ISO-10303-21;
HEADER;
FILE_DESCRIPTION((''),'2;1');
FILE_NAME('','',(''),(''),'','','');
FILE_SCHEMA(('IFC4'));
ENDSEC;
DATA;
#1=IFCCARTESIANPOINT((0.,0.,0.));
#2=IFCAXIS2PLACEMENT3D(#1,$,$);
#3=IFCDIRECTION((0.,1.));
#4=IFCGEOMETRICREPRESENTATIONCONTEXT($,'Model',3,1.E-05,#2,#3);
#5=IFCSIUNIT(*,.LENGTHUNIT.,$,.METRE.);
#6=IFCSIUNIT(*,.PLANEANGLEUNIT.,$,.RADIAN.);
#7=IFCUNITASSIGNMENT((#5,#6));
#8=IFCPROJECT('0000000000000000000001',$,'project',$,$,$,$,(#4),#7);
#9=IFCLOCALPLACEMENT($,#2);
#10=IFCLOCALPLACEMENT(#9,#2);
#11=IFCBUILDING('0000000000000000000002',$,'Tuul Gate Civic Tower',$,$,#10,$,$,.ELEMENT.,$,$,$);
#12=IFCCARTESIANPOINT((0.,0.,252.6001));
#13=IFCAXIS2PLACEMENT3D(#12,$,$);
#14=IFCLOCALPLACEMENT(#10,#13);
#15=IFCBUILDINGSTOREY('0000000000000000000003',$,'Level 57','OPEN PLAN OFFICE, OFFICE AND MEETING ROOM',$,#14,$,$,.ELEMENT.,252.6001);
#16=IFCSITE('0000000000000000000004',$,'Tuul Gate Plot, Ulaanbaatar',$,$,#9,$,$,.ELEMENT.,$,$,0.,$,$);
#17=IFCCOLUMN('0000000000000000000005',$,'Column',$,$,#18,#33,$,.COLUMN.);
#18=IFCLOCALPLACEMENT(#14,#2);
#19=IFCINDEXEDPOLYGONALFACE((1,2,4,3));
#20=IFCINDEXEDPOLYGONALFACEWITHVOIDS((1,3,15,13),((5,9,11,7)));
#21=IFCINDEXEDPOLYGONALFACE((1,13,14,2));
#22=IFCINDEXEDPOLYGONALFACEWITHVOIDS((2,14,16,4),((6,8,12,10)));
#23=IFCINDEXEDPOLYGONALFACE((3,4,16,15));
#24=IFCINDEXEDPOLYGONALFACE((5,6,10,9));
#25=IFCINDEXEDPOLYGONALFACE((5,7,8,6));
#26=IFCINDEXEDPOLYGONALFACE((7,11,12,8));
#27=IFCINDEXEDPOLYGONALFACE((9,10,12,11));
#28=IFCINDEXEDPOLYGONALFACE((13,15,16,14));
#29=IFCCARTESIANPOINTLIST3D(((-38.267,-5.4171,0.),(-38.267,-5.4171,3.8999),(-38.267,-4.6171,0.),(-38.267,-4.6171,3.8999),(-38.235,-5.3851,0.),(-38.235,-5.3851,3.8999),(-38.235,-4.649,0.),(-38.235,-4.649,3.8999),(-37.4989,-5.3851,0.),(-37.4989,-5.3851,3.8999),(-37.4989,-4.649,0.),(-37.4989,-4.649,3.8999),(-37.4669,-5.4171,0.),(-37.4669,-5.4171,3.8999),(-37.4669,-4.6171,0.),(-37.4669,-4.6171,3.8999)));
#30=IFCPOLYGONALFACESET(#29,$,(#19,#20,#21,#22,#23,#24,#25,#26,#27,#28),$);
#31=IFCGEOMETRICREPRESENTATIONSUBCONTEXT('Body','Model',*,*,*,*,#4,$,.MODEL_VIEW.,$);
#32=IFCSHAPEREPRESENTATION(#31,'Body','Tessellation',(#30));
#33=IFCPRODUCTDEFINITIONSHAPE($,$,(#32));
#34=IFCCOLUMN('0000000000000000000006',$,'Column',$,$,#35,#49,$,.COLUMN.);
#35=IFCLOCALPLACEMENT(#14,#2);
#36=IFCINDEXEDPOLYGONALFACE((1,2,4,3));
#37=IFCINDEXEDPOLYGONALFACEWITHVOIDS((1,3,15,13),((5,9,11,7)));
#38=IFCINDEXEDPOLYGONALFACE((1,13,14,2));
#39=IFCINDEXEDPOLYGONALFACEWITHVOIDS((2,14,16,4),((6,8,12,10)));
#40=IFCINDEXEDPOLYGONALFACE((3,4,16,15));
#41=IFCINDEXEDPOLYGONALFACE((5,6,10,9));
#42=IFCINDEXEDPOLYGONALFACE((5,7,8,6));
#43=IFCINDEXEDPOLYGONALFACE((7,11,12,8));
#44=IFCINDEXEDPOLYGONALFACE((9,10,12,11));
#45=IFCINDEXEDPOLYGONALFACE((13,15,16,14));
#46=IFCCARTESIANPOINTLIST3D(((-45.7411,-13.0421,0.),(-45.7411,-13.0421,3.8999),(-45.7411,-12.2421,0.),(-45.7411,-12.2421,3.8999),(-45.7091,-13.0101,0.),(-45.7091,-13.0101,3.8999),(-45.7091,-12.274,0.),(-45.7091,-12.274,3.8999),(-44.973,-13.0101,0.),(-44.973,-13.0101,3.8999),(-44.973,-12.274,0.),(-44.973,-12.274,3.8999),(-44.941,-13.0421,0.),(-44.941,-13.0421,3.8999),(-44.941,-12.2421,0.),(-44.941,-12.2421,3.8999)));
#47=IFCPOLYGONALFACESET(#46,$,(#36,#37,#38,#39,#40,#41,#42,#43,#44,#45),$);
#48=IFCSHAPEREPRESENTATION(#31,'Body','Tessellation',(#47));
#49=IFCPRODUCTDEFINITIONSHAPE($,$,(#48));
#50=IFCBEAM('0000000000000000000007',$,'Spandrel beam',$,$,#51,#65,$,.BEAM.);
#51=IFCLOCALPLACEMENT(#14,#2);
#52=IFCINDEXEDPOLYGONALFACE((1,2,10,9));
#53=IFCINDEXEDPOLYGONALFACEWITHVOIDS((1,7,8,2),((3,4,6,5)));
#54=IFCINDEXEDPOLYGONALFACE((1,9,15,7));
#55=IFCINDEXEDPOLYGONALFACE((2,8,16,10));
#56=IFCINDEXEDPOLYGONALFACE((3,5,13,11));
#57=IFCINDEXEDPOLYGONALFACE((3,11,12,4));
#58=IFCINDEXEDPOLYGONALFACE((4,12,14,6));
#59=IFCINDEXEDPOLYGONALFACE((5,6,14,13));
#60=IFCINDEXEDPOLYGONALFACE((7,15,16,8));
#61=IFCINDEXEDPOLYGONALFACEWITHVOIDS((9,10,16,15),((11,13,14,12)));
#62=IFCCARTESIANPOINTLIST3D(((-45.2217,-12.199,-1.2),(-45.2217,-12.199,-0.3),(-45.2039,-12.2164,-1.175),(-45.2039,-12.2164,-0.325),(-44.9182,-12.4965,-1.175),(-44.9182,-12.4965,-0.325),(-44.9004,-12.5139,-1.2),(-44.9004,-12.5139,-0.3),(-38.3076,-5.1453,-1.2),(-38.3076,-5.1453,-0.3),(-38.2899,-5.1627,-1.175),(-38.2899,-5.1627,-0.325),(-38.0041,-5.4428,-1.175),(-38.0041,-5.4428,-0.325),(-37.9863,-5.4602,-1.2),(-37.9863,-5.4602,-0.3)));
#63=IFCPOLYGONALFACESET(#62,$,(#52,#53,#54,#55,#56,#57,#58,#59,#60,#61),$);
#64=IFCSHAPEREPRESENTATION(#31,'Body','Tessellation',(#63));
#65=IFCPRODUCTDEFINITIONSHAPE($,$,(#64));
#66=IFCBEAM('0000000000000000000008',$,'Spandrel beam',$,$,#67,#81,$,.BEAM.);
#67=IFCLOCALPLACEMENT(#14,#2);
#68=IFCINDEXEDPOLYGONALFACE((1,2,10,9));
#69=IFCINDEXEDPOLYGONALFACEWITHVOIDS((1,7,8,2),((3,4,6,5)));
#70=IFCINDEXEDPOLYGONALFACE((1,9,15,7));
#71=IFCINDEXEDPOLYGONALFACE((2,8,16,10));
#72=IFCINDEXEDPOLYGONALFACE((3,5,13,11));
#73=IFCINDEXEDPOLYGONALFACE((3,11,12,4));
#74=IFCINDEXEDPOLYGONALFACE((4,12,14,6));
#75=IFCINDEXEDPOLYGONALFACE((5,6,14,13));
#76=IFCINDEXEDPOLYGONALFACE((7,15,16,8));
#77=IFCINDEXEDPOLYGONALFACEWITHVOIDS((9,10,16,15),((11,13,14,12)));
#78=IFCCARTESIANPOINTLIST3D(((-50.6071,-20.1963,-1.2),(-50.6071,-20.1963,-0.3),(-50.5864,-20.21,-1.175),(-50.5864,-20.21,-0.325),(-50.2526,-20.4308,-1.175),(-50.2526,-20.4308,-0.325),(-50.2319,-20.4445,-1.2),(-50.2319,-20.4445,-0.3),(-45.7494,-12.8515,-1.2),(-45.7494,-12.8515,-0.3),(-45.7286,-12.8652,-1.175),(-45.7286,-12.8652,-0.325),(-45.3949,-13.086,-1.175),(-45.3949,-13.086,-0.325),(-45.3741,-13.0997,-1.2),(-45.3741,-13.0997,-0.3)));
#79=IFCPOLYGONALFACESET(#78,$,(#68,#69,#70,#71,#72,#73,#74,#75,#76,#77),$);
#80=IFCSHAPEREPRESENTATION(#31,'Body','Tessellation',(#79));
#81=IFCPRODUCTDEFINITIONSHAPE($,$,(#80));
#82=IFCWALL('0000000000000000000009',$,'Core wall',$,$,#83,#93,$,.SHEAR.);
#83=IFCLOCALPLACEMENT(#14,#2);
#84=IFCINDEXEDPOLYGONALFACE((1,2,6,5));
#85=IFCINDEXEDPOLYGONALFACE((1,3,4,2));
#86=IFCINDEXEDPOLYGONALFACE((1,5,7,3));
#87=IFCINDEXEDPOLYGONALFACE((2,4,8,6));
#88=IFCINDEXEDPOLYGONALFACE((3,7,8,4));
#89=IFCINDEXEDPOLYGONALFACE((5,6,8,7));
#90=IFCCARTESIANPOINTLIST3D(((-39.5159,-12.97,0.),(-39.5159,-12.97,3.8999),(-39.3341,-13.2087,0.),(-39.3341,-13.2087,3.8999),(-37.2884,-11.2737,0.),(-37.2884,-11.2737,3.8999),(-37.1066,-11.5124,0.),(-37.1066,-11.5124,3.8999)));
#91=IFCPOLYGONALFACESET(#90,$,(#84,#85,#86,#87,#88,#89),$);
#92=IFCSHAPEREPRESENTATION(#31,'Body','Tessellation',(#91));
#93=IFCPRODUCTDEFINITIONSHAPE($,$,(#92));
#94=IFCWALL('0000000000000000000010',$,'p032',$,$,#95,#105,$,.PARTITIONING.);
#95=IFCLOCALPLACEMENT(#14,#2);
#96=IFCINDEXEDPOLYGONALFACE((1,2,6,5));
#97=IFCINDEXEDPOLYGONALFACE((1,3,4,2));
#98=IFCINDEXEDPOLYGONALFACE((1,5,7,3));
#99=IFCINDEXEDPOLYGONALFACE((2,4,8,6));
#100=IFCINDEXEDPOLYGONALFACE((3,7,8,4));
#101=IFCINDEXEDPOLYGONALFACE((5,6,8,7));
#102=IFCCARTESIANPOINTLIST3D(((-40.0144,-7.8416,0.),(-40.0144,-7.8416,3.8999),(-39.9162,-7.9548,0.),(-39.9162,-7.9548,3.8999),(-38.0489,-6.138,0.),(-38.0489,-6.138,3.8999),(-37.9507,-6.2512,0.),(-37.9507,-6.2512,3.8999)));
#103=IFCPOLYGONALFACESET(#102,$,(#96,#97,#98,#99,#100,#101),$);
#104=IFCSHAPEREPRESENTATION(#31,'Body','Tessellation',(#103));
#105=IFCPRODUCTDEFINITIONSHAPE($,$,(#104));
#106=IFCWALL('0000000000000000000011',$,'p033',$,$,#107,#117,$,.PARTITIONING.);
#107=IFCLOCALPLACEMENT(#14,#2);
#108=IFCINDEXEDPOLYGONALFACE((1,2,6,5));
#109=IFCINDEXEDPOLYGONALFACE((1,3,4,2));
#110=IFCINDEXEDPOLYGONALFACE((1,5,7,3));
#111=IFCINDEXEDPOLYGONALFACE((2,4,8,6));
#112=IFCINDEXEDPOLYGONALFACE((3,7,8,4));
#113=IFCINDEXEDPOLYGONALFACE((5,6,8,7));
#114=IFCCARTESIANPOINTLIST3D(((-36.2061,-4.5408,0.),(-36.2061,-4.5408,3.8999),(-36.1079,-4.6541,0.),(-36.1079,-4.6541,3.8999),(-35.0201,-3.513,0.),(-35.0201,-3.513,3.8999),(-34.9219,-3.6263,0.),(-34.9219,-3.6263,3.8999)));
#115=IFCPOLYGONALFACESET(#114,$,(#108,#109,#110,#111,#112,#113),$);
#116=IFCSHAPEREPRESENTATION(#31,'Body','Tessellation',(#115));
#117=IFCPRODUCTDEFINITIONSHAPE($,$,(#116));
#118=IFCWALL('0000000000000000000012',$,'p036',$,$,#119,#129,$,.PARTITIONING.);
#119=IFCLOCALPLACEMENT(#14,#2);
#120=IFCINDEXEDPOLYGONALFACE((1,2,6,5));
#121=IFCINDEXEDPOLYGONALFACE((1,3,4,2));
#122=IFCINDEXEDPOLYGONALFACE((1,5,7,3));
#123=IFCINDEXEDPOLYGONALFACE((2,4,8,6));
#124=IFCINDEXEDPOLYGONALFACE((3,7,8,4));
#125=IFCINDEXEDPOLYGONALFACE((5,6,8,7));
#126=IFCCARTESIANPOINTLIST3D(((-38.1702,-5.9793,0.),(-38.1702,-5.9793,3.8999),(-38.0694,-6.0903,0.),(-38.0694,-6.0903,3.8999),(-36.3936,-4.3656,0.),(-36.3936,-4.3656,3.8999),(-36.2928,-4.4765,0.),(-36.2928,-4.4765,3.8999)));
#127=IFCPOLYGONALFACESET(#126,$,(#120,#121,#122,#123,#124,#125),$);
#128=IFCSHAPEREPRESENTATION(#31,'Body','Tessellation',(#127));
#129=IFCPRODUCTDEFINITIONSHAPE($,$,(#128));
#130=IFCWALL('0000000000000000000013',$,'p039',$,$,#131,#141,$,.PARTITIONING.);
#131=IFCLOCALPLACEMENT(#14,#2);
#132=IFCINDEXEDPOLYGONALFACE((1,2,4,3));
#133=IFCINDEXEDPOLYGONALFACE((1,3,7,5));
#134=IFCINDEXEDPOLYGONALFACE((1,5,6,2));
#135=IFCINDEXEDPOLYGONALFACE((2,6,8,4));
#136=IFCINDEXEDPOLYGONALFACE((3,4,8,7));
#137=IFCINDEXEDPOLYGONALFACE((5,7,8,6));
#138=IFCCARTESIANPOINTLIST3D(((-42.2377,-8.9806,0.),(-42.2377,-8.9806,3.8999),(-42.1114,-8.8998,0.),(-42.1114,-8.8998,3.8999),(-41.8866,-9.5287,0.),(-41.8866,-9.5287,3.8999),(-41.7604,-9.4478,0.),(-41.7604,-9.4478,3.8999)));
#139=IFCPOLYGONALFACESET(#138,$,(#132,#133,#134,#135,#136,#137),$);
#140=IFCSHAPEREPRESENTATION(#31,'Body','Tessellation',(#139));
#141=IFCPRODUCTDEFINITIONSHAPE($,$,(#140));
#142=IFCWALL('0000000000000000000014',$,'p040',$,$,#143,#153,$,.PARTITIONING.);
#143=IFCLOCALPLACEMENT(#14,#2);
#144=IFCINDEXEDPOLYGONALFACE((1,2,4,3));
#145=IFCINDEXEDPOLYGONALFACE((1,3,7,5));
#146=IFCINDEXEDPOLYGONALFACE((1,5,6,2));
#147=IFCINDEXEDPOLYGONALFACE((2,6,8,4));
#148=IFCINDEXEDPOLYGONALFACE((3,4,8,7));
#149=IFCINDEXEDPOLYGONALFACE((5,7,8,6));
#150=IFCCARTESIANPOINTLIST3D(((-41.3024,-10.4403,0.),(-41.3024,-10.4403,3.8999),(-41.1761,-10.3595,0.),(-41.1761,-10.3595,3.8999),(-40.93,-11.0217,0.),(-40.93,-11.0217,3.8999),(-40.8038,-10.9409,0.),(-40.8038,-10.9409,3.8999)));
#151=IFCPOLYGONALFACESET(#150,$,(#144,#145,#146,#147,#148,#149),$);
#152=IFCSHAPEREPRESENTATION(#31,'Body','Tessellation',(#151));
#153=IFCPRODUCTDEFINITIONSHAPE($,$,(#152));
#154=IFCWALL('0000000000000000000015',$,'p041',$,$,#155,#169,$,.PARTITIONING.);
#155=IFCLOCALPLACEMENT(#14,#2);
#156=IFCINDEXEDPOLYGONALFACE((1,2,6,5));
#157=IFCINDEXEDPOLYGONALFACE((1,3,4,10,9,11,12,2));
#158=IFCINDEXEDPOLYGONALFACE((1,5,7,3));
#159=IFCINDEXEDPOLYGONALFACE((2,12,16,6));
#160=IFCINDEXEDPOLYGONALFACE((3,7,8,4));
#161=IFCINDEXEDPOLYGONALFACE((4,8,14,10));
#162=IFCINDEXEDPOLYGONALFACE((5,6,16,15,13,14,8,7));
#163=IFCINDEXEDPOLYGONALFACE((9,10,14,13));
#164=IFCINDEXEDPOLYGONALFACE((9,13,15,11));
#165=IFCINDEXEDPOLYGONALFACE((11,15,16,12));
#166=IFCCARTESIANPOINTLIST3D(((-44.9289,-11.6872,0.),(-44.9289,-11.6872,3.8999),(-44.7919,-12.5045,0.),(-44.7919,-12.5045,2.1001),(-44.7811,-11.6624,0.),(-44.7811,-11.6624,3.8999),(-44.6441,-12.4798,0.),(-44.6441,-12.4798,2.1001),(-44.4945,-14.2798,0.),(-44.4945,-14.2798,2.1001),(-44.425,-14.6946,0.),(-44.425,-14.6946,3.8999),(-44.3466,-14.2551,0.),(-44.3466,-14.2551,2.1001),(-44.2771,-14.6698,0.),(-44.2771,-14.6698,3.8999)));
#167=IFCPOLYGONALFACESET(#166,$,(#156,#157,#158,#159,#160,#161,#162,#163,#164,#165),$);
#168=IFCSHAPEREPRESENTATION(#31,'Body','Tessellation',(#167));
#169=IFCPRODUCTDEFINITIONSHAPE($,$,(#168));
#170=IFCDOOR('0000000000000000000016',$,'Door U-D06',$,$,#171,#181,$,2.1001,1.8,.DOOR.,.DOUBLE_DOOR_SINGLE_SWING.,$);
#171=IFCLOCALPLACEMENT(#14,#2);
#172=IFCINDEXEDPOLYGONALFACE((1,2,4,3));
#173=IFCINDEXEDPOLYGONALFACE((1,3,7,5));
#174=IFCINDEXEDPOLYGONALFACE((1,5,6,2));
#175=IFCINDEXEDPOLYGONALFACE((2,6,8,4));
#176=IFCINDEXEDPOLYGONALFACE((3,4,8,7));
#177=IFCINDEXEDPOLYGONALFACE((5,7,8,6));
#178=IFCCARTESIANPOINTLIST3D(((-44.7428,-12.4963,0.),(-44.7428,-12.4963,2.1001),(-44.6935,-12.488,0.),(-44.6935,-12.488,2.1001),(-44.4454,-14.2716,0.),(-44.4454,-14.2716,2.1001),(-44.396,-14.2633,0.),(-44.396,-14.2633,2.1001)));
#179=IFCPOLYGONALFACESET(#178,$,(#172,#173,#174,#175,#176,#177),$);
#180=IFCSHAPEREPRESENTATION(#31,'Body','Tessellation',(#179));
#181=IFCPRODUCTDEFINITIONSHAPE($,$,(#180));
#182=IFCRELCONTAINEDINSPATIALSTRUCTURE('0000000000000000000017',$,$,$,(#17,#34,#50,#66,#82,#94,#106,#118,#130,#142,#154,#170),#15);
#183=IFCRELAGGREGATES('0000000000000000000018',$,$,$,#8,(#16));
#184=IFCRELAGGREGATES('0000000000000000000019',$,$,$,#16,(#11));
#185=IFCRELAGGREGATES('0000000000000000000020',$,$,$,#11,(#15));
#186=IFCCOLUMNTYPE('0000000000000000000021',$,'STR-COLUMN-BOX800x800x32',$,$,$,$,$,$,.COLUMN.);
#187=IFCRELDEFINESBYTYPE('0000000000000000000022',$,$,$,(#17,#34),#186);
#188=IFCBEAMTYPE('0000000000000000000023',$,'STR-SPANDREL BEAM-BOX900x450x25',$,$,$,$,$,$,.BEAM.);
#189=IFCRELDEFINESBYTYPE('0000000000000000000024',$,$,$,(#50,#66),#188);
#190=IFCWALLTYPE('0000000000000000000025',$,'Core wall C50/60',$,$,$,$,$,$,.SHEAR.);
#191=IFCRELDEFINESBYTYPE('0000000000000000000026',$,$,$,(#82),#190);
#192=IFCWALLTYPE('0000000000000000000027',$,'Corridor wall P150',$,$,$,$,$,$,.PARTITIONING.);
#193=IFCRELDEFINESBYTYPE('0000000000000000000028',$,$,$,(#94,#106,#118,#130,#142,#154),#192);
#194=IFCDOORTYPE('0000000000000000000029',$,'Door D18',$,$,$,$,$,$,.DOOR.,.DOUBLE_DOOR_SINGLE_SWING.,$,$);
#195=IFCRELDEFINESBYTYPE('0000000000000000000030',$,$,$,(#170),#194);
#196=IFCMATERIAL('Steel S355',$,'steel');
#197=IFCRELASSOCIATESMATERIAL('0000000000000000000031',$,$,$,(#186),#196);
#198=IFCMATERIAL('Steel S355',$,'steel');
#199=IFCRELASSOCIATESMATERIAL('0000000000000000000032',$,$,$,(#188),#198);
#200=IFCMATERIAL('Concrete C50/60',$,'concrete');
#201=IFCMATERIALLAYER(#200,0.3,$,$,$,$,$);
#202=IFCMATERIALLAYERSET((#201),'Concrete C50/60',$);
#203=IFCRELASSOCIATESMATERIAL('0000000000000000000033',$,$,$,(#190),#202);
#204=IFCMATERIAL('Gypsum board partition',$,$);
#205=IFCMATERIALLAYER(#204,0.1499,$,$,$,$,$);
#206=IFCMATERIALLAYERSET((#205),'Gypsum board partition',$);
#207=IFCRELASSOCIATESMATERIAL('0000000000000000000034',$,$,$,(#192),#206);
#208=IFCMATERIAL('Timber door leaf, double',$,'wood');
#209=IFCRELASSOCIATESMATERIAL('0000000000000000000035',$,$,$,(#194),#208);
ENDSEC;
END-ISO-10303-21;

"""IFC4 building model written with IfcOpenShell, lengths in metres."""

from ifc_helpers import new_model, si_unit, direction, frame, frame_2d, origin, origin_2d, place, context, subcontext, project, spatial, rectangle, hollow_rectangle, extrude, material, layer, layer_set, material_profile, profile_set, type_object, element, fill, save


model = new_model("IFC4")

# Units and contexts
model_context = context("Model", 3, precision=1e-05, world=origin(), true_north=direction((0.0, 1.0)))
body_context = subcontext(model_context, "Body", "Model", "MODEL_VIEW")
ifc_project = project(units=[si_unit("LENGTHUNIT", "METRE"), si_unit("PLANEANGLEUNIT", "RADIAN")], contexts=[model_context])

# Site, building, storey
site_placement = place(None, origin())
site = spatial("IfcSite", under=ifc_project, at=site_placement, Name="Tuul Gate Plot, Ulaanbaatar", CompositionType="ELEMENT", RefElevation=0.0)
building_placement = place(site_placement, origin())
building = spatial("IfcBuilding", under=site, at=building_placement, Name="Tuul Gate Civic Tower", CompositionType="ELEMENT")
storey_placement = place(building_placement, frame((0.0, 0.0, 252.6001)))
storey = spatial("IfcBuildingStorey", under=building, at=storey_placement, Name="Level 57", Description="OPEN PLAN OFFICE, OFFICE AND MEETING ROOM", CompositionType="ELEMENT", Elevation=252.6001)

# Columns
ifc_material_1 = material(Name="Steel S355", Category="steel")
ifc_material_profile_1 = material_profile(ifc_material_1, hollow_rectangle(XDim=0.8, YDim=0.8, WallThickness=0.032, at=origin_2d()), Name="BOX800x800x32")
ifc_profile_set_1 = profile_set([ifc_material_profile_1], Name="Steel S355")
column_type = type_object("IfcColumnType", Name="STR-COLUMN-BOX800x800x32", PredefinedType="COLUMN", material=ifc_profile_set_1)
for number, where, z_axis, x_axis, name in (
    (1, (-37.8669, -5.0171, 0.0), (0.0, 0.0, 1.0), (1.0, 0.0, 0.0), "Column"),
    (2, (-45.3411, -12.6421, 0.0), (0.0, 0.0, 1.0), (1.0, 0.0, 0.0), "Column"),
):
    element("IfcColumn", number, at=place(storey_placement, frame(where, z_axis=z_axis, x_axis=x_axis)), inside=storey, type_object=column_type, Name=name, PredefinedType="COLUMN", context=body_context, shape_type="SweptSolid", body=[
        extrude(hollow_rectangle(XDim=0.8, YDim=0.8, WallThickness=0.032, at=origin_2d()), origin(), (0.0, 0.0, 1.0), 3.8999),
    ])

# Beams
ifc_material_2 = material(Name="Steel S355", Category="steel")
ifc_material_profile_2 = material_profile(ifc_material_2, hollow_rectangle(XDim=0.45, YDim=0.8999, WallThickness=0.0249, at=origin_2d()), Name="BOX900x450x25")
ifc_profile_set_2 = profile_set([ifc_material_profile_2], Name="Steel S355")
beam_type = type_object("IfcBeamType", Name="STR-SPANDREL BEAM-BOX900x450x25", PredefinedType="BEAM", material=ifc_profile_set_2)
beam_1_placement = place(storey_placement, frame((-38.147, -5.3027, -0.75), z_axis=(-0.700002, -0.714141, 0.0), x_axis=(0.714141, -0.700002, 0.0)))
element("IfcBeam", 3, at=beam_1_placement, inside=storey, type_object=beam_type, Name="Spandrel beam", PredefinedType="BEAM", context=body_context, shape_type="SweptSolid", body=[
    extrude(hollow_rectangle(XDim=0.45, YDim=0.8999, WallThickness=0.0249, at=origin_2d()), origin(), (0.0, 0.0, 1.0), 9.8772),
])
beam_2_placement = place(storey_placement, frame((-45.5618, -12.9756, -0.75), z_axis=(-0.551645, -0.834079, 0.0), x_axis=(0.834079, -0.551645, 0.0)))
element("IfcBeam", 4, at=beam_2_placement, inside=storey, type_object=beam_type, Name="Spandrel beam", PredefinedType="BEAM", context=body_context, shape_type="SweptSolid", body=[
    extrude(hollow_rectangle(XDim=0.45, YDim=0.8999, WallThickness=0.0249, at=origin_2d()), origin(), (0.0, 0.0, 1.0), 8.8059),
])

# Walls
ifc_material_3 = material(Name="Concrete C50/60", Category="concrete")
ifc_layer_1 = layer(ifc_material_3, 0.3)
ifc_layer_set_1 = layer_set([ifc_layer_1], Name="Concrete C50/60")
wall_type_1 = type_object("IfcWallType", Name="Core wall C50/60", PredefinedType="SHEAR", material=ifc_layer_set_1)
wall_1_placement = place(storey_placement, frame((-37.1975, -11.3931, 0.0), z_axis=(0.0, 0.0, 1.0), x_axis=(-0.795584, -0.605844, 0.0)))
element("IfcWall", 5, at=wall_1_placement, inside=storey, type_object=wall_type_1, Name="Core wall", PredefinedType="SHEAR", context=body_context, shape_type="SweptSolid", body=[
    extrude(rectangle(XDim=2.7998, YDim=0.3, at=frame_2d((1.3999, 0.0))), origin(), (0.0, 0.0, 1.0), 3.8999),
])
ifc_material_4 = material(Name="Gypsum board partition")
ifc_layer_2 = layer(ifc_material_4, 0.1499)
ifc_layer_set_2 = layer_set([ifc_layer_2], Name="Gypsum board partition")
wall_type_2 = type_object("IfcWallType", Name="Corridor wall P150", PredefinedType="PARTITIONING", material=ifc_layer_set_2)
wall_2_placement = place(storey_placement, frame((-39.9653, -7.8982, 0.0), z_axis=(0.0, 0.0, 1.0), x_axis=(0.755667, 0.654956, 0.0)))
element("IfcWall", 6, at=wall_2_placement, inside=storey, type_object=wall_type_2, Name="p032", PredefinedType="PARTITIONING", context=body_context, shape_type="SweptSolid", body=[
    extrude(rectangle(XDim=2.6011, YDim=0.1499, at=frame_2d((1.3005, 0.0))), origin(), (0.0, 0.0, 1.0), 3.8999),
])
wall_3_placement = place(storey_placement, frame((-36.157, -4.5974, 0.0), z_axis=(0.0, 0.0, 1.0), x_axis=(0.75571, 0.654907, 0.0)))
element("IfcWall", 7, at=wall_3_placement, inside=storey, type_object=wall_type_2, Name="p033", PredefinedType="PARTITIONING", context=body_context, shape_type="SweptSolid", body=[
    extrude(rectangle(XDim=1.5693, YDim=0.1499, at=frame_2d((0.7847, 0.0))), origin(), (0.0, 0.0, 1.0), 3.8999),
])
wall_4_placement = place(storey_placement, frame((-38.1199, -6.0349, 0.0), z_axis=(0.0, 0.0, 1.0), x_axis=(0.740216, 0.672369, 0.0)))
element("IfcWall", 8, at=wall_4_placement, inside=storey, type_object=wall_type_2, Name="p036", PredefinedType="PARTITIONING", context=body_context, shape_type="SweptSolid", body=[
    extrude(rectangle(XDim=2.4001, YDim=0.1499, at=frame_2d((1.2002, 0.0))), origin(), (0.0, 0.0, 1.0), 3.8999),
])
wall_5_placement = place(storey_placement, frame((-42.1746, -8.9402, 0.0), z_axis=(0.0, 0.0, 1.0), x_axis=(0.539373, -0.842067, 0.0)))
element("IfcWall", 9, at=wall_5_placement, inside=storey, type_object=wall_type_2, Name="p039", PredefinedType="PARTITIONING", context=body_context, shape_type="SweptSolid", body=[
    extrude(rectangle(XDim=0.6509, YDim=0.1499, at=frame_2d((0.3254, 0.0))), origin(), (0.0, 0.0, 1.0), 3.8999),
])
wall_6_placement = place(storey_placement, frame((-41.2393, -10.3999, 0.0), z_axis=(0.0, 0.0, 1.0), x_axis=(0.539345, -0.842085, 0.0)))
element("IfcWall", 10, at=wall_6_placement, inside=storey, type_object=wall_type_2, Name="p040", PredefinedType="PARTITIONING", context=body_context, shape_type="SweptSolid", body=[
    extrude(rectangle(XDim=0.6904, YDim=0.1499, at=frame_2d((0.3452, 0.0))), origin(), (0.0, 0.0, 1.0), 3.8999),
])

# Wall, opening, door
wall_7_placement = place(storey_placement, frame((-44.855, -11.6748, 0.0), z_axis=(0.0, 0.0, 1.0), x_axis=(0.165256, -0.986251, 0.0)))
wall_7 = element("IfcWall", 11, at=wall_7_placement, inside=storey, type_object=wall_type_2, Name="p041", PredefinedType="PARTITIONING", context=body_context, shape_type="SweptSolid", body=[
    extrude(rectangle(XDim=3.0493, YDim=0.1499, at=frame_2d((1.5247, 0.0))), origin(), (0.0, 0.0, 1.0), 3.8999),
])
opening_1_placement = place(wall_7_placement, frame((0.8289, 0.0, 0.0)))
opening_1 = element("IfcOpeningElement", 12, at=opening_1_placement, cuts=wall_7, PredefinedType="OPENING", context=body_context, shape_type="SweptSolid", body=[
    extrude(rectangle(XDim=1.8, YDim=2.1001, at=frame_2d((0.8999, 1.05))), frame((0.0, 0.085, 0.0), z_axis=(0.0, -1.0, 0.0), x_axis=(1.0, 0.0, 0.0)), (0.0, 0.0, 1.0), 0.1699),
])
ifc_material_5 = material(Name="Timber door leaf, double", Category="wood")
door_type = type_object("IfcDoorType", Name="Door D18", OperationType="DOUBLE_DOOR_SINGLE_SWING", PredefinedType="DOOR", material=ifc_material_5)
door_placement = place(opening_1_placement, origin())
door = element("IfcDoor", 13, at=door_placement, inside=storey, type_object=door_type, Name="Door U-D06", OperationType="DOUBLE_DOOR_SINGLE_SWING", OverallHeight=2.1001, OverallWidth=1.8, PredefinedType="DOOR", context=body_context, shape_type="SweptSolid", body=[
    extrude(rectangle(XDim=1.8, YDim=2.1001, at=frame_2d((0.8999, 1.05))), frame((0.0, 0.0249, 0.0), z_axis=(0.0, -1.0, 0.0), x_axis=(1.0, 0.0, 0.0)), (0.0, 0.0, 1.0), 0.05),
])
fill(opening_1, door)

save(model, "model.ifc")
